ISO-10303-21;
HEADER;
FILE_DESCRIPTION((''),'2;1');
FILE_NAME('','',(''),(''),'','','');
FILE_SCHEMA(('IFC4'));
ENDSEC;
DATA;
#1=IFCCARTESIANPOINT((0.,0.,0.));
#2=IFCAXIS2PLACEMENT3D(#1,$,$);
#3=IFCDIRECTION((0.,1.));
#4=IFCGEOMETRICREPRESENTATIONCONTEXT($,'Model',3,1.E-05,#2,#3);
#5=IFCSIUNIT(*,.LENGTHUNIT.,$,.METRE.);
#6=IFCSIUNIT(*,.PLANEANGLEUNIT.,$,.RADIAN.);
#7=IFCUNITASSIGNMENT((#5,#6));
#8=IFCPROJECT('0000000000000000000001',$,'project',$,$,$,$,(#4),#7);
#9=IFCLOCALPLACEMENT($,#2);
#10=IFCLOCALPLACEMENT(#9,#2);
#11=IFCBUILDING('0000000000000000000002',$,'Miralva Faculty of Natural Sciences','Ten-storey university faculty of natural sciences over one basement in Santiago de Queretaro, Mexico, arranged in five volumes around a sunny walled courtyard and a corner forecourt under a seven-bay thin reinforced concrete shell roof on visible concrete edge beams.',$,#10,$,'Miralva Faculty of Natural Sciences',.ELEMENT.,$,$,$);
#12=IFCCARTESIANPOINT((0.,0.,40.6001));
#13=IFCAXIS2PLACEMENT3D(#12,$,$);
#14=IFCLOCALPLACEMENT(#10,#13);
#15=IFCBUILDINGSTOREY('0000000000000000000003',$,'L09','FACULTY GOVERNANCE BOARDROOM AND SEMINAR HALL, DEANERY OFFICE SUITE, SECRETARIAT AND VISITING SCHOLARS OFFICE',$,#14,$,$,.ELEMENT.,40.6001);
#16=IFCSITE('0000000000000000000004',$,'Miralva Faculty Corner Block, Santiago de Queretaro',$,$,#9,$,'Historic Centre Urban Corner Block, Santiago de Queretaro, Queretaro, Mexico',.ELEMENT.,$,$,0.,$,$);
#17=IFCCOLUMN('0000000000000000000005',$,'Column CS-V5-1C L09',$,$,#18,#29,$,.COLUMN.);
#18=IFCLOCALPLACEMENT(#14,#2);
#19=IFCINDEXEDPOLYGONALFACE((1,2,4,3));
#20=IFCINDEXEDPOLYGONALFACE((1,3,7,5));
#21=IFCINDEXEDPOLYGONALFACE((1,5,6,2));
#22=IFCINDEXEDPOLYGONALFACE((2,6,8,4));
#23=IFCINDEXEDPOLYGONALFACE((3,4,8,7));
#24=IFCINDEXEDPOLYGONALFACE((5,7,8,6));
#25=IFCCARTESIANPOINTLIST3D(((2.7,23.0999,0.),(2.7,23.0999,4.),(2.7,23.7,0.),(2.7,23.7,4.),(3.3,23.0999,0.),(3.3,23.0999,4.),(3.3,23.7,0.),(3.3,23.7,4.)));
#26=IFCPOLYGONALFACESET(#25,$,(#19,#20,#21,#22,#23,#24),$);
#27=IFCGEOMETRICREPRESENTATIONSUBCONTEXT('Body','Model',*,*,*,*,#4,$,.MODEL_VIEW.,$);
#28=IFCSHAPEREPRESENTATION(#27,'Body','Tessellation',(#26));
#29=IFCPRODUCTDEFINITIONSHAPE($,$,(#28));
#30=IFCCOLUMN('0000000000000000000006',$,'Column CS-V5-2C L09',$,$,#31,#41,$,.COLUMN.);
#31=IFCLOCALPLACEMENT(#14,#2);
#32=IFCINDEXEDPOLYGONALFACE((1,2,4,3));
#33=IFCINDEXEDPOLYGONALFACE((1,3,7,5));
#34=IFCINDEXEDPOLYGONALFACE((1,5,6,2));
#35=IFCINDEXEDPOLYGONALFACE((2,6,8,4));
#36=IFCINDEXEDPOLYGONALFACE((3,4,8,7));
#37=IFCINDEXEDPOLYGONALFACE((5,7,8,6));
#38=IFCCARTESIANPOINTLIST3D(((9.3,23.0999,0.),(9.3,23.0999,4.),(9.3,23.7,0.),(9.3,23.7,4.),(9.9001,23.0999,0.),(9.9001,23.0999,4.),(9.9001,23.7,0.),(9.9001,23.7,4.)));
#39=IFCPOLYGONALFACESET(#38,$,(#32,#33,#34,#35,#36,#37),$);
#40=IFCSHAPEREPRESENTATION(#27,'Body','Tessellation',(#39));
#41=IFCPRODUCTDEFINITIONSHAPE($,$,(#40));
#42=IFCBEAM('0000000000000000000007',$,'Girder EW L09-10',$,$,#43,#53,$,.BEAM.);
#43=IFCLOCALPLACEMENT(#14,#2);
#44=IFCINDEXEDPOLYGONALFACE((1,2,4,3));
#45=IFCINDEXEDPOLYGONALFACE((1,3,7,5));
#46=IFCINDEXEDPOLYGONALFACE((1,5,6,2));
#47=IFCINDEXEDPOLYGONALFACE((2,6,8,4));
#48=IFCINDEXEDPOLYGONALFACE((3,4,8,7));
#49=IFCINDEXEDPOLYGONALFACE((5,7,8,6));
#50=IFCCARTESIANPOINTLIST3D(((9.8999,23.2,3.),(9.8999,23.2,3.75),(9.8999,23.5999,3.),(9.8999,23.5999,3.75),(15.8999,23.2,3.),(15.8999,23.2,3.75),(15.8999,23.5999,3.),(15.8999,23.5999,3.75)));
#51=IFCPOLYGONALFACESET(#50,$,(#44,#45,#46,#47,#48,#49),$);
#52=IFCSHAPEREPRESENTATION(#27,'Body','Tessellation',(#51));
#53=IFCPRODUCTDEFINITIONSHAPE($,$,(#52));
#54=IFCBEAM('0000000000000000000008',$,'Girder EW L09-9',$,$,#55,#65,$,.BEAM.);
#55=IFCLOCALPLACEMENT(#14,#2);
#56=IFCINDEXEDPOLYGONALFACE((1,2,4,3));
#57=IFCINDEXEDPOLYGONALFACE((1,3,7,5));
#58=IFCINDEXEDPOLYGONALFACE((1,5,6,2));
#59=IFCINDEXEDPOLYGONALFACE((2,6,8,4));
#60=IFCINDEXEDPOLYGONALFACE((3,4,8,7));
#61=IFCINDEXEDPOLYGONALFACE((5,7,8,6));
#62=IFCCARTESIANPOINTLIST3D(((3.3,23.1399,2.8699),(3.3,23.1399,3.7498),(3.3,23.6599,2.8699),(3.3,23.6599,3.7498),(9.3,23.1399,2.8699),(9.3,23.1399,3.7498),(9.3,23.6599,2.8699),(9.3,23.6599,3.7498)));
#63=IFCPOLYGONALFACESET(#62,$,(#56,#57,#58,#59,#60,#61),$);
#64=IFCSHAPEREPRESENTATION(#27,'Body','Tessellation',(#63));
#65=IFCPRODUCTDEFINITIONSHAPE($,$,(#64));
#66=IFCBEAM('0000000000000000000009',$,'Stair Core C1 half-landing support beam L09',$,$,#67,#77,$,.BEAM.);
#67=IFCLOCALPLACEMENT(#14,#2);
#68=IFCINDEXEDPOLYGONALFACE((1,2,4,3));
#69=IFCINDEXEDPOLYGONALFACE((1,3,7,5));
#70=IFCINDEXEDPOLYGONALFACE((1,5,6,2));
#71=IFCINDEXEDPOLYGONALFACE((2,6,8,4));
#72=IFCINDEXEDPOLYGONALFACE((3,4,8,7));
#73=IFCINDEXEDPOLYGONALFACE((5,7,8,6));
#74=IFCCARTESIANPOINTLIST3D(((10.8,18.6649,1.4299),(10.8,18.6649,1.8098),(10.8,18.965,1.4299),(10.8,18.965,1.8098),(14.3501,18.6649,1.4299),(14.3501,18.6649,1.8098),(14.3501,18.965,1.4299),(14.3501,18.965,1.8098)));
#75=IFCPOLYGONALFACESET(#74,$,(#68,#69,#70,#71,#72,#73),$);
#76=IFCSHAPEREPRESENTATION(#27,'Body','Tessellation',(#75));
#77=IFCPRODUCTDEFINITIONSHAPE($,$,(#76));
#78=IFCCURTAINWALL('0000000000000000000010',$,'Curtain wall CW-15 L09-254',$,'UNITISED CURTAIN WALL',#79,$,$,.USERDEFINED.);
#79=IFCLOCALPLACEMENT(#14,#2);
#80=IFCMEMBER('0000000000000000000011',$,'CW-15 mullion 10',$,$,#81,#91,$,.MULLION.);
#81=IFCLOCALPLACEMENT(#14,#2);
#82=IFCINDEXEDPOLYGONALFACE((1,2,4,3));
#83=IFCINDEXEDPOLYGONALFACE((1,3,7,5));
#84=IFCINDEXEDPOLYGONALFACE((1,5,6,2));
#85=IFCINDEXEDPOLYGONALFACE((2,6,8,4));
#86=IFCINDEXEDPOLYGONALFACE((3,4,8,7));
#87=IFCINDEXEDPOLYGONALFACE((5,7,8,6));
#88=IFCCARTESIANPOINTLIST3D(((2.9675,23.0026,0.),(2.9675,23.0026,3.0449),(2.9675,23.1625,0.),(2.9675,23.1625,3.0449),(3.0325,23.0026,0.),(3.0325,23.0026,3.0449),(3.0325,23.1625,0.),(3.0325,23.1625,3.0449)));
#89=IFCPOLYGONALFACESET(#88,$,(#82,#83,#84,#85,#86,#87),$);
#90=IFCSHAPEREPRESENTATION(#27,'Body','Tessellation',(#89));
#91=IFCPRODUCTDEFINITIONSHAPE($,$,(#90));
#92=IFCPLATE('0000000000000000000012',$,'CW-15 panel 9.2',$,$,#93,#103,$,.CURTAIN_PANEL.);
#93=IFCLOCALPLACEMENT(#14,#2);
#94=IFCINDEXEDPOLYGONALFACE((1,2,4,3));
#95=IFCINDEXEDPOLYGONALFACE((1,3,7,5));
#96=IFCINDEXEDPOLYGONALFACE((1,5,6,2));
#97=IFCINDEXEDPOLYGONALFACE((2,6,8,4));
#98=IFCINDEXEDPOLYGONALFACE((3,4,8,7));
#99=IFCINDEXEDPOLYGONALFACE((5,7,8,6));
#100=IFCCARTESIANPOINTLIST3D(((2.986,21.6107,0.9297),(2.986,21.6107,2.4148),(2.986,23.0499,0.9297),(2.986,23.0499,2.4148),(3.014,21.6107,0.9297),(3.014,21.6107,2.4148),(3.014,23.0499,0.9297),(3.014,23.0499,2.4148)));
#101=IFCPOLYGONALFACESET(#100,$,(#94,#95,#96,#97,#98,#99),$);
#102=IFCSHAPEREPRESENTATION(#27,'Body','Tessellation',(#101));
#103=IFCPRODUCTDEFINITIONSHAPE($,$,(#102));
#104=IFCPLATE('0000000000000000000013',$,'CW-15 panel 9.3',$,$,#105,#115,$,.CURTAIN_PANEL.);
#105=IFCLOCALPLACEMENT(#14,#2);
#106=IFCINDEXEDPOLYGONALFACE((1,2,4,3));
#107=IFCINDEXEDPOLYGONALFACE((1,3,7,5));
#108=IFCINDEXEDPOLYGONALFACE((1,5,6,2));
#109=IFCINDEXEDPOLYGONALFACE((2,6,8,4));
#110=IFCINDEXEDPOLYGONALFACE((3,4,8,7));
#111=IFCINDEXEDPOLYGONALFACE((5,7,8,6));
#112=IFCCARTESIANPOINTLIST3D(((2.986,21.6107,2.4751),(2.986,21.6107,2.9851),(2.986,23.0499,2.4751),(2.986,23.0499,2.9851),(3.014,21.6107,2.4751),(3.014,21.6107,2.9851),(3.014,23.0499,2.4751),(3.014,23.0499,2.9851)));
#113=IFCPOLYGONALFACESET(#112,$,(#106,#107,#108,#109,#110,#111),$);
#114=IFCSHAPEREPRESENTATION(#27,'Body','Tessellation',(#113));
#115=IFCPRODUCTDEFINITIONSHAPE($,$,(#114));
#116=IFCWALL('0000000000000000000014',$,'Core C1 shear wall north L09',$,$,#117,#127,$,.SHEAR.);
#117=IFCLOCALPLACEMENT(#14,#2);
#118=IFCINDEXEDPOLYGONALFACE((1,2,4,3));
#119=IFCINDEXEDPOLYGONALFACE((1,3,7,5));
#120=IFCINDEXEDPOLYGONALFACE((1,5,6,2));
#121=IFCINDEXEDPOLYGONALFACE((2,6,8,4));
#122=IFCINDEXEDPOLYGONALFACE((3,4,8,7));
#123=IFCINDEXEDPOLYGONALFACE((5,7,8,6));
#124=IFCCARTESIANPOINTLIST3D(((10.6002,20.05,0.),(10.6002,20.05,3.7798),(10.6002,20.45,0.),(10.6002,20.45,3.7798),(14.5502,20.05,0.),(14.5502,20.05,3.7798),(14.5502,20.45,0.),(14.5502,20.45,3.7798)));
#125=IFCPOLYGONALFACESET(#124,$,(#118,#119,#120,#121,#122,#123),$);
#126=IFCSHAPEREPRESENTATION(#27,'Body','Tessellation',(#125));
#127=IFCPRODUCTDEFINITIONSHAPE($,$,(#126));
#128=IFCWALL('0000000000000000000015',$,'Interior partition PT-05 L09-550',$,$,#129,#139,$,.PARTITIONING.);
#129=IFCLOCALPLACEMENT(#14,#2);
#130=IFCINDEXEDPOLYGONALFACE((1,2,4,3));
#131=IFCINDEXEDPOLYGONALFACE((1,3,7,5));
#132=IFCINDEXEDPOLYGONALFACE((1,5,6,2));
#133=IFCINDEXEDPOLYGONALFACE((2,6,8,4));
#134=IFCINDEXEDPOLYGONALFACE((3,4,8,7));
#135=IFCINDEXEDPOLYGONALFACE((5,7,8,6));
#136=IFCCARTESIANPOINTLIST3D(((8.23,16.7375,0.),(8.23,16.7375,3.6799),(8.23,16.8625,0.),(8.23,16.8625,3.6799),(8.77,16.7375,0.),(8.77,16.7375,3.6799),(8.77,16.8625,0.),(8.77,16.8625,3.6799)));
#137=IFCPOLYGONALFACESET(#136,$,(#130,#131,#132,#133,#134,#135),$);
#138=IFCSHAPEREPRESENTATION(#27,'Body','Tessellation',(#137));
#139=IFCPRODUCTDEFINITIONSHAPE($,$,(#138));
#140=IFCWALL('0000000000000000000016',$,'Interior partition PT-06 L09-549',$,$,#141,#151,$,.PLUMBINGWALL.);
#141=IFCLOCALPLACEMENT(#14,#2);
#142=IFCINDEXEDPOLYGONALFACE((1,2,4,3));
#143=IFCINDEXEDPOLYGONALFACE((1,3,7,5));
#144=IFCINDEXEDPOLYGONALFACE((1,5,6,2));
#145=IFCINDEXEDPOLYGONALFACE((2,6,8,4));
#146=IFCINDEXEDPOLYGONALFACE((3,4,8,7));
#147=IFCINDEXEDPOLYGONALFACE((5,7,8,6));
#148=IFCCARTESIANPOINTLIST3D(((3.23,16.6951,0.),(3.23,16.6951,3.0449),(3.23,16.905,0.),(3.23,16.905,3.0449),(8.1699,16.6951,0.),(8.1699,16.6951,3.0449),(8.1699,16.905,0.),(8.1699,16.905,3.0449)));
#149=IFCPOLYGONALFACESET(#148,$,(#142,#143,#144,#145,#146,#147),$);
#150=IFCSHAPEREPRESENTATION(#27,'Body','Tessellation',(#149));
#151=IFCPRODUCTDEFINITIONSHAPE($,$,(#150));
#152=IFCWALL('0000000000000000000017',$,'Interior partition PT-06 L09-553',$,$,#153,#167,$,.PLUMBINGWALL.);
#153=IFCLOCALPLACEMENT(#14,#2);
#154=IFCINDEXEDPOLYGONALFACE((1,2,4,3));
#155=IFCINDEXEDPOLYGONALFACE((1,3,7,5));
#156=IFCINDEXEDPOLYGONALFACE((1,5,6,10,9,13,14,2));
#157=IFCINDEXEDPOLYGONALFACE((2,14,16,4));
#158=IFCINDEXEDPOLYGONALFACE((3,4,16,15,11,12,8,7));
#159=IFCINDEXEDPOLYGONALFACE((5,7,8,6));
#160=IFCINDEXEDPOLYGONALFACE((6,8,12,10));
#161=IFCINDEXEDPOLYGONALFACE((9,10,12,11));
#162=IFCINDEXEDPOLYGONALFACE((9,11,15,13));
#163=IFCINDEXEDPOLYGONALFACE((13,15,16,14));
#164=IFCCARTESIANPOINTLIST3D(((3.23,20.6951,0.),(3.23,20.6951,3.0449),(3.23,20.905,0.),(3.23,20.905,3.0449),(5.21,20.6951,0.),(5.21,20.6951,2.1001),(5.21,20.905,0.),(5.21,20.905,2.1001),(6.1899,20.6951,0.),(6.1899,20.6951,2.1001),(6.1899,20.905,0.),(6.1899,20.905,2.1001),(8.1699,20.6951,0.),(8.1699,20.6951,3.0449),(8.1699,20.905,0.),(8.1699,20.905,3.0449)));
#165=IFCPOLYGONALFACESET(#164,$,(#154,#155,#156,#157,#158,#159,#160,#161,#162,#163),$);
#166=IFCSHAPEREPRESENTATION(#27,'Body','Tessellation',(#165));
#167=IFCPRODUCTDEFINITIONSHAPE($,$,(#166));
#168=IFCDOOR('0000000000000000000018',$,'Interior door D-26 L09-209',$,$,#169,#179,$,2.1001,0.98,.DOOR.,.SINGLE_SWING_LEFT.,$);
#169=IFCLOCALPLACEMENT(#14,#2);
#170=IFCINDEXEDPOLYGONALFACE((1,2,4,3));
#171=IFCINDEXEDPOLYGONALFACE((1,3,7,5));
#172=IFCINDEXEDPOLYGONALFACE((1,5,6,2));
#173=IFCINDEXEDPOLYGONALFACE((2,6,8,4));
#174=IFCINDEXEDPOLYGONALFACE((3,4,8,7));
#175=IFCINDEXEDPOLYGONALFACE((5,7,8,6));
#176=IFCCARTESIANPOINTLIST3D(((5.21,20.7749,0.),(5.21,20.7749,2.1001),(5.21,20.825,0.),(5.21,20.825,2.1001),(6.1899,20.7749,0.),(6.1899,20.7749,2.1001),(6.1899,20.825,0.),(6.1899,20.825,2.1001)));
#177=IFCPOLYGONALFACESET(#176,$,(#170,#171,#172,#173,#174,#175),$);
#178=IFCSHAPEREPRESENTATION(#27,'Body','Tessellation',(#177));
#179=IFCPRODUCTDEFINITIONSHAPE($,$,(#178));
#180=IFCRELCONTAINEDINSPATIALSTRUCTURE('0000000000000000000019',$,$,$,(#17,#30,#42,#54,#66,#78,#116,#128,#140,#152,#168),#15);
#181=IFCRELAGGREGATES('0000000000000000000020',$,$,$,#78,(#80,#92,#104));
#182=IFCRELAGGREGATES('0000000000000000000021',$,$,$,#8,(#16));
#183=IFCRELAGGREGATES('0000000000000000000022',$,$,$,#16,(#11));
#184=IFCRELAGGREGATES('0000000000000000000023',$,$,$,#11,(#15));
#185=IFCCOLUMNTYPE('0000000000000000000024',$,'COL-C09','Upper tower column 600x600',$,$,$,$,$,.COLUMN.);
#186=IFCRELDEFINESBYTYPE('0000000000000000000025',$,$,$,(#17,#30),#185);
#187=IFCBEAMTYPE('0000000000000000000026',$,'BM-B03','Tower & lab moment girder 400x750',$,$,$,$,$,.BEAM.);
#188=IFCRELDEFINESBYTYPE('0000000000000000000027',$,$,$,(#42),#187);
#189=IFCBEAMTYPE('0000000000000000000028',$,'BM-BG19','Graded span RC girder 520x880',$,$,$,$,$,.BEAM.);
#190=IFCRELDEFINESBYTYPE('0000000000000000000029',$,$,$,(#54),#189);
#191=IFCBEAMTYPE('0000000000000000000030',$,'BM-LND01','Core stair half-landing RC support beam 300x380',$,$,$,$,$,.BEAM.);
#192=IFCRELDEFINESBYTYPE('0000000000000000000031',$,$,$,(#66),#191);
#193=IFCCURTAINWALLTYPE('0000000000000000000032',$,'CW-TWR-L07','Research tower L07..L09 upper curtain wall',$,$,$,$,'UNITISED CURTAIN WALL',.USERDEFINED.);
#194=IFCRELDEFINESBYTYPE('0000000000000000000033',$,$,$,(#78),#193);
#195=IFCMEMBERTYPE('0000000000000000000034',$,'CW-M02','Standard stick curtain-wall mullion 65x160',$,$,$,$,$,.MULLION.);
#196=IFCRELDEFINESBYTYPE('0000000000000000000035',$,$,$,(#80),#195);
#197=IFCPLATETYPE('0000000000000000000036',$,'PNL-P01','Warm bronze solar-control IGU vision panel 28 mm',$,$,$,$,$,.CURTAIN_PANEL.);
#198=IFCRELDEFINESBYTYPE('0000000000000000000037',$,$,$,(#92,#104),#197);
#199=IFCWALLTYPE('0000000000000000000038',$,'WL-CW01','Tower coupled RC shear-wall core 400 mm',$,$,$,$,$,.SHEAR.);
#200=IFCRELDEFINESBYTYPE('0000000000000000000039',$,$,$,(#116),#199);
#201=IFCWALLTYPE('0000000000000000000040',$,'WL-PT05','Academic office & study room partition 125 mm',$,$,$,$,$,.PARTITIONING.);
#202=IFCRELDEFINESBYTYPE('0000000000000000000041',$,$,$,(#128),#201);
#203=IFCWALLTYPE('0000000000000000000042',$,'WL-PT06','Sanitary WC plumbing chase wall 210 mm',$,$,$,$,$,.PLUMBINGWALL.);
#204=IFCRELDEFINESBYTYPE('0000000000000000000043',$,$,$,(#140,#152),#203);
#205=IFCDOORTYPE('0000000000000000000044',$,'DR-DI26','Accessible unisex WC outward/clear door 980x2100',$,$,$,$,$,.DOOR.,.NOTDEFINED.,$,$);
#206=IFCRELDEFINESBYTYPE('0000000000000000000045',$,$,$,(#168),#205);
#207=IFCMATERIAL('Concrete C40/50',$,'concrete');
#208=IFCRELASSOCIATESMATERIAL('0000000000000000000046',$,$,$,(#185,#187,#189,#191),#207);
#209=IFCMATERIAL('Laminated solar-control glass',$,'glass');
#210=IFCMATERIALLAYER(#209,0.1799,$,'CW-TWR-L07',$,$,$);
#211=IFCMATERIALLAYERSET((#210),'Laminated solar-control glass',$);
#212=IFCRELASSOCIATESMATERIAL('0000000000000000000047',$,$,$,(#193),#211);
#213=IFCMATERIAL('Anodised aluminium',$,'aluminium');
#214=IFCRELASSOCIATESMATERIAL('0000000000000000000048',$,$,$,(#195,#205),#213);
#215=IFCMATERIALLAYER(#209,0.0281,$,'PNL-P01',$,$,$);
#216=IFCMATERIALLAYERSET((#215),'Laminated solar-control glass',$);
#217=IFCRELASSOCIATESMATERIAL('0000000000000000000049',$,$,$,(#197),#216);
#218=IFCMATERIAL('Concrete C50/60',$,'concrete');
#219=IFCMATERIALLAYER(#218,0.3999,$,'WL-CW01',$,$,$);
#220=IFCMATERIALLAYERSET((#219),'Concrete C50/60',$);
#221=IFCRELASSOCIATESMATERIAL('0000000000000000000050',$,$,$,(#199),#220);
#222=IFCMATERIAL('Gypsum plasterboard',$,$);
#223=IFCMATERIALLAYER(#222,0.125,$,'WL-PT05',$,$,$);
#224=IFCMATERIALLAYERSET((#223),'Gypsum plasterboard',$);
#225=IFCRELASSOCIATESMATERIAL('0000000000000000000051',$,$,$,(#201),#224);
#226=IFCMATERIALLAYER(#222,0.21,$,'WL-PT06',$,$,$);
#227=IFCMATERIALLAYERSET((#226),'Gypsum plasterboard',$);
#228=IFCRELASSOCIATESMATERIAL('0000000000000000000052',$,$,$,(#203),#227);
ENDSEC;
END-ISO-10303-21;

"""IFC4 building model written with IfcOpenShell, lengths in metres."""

from ifc_helpers import new_model, si_unit, direction, frame, frame_2d, origin, origin_2d, place, context, subcontext, project, spatial, rectangle, extrude, material, layer, layer_set, material_profile, profile_set, type_object, element, fill, aggregate, save


model = new_model("IFC4")

# Units and contexts
model_context = context("Model", 3, precision=1e-05, world=origin(), true_north=direction((0.0, 1.0)))
body_context = subcontext(model_context, "Body", "Model", "MODEL_VIEW")
ifc_project = project(units=[si_unit("LENGTHUNIT", "METRE"), si_unit("PLANEANGLEUNIT", "RADIAN")], contexts=[model_context])

# Site, building, storey
site_placement = place(None, origin())
site = spatial("IfcSite", under=ifc_project, at=site_placement, Name="Miralva Faculty Corner Block, Santiago de Queretaro", LongName="Historic Centre Urban Corner Block, Santiago de Queretaro, Queretaro, Mexico", CompositionType="ELEMENT", RefElevation=0.0)
building_placement = place(site_placement, origin())
building = spatial("IfcBuilding", under=site, at=building_placement, Name="Miralva Faculty of Natural Sciences", Description="Ten-storey university faculty of natural sciences over one basement in Santiago de Queretaro, Mexico, arranged in five volumes around a sunny walled courtyard and a corner forecourt under a seven-bay thin reinforced concrete shell roof on visible concrete edge beams.", LongName="Miralva Faculty of Natural Sciences", CompositionType="ELEMENT")
storey_placement = place(building_placement, frame((0.0, 0.0, 40.6001)))
storey = spatial("IfcBuildingStorey", under=building, at=storey_placement, Name="L09", Description="FACULTY GOVERNANCE BOARDROOM AND SEMINAR HALL, DEANERY OFFICE SUITE, SECRETARIAT AND VISITING SCHOLARS OFFICE", CompositionType="ELEMENT", Elevation=40.6001)

# Columns
ifc_material_1 = material(Name="Concrete C40/50", Category="concrete")
ifc_material_profile_1 = material_profile(ifc_material_1, rectangle(XDim=0.6001, YDim=0.6001, at=origin_2d()), Name="RC 600x600")
ifc_profile_set_1 = profile_set([ifc_material_profile_1], Name="Concrete C40/50")
column_type = type_object("IfcColumnType", Name="COL-C09", Description="Upper tower column 600x600", PredefinedType="COLUMN", material=ifc_profile_set_1)
for number, where, z_axis, x_axis, name in (
    (1, (3.0, 23.3999, 0.0), (0.0, 0.0, 1.0), (1.0, 0.0, 0.0), "Column CS-V5-1C L09"),
    (2, (9.6001, 23.3999, 0.0), (0.0, 0.0, 1.0), (1.0, 0.0, 0.0), "Column CS-V5-2C L09"),
):
    element("IfcColumn", number, at=place(storey_placement, frame(where, z_axis=z_axis, x_axis=x_axis)), inside=storey, type_object=column_type, Name=name, PredefinedType="COLUMN", context=body_context, shape_type="SweptSolid", body=[
        extrude(rectangle(XDim=0.6001, YDim=0.6001, at=origin_2d()), origin(), (0.0, 0.0, 1.0), 4.0),
    ])

# Beams
ifc_material_profile_2 = material_profile(ifc_material_1, rectangle(XDim=0.3999, YDim=0.75, at=origin_2d()), Name="RC 400x750")
ifc_profile_set_2 = profile_set([ifc_material_profile_2], Name="Concrete C40/50")
beam_type_1 = type_object("IfcBeamType", Name="BM-B03", Description="Tower & lab moment girder 400x750", PredefinedType="BEAM", material=ifc_profile_set_2)
beam_1_placement = place(storey_placement, frame((9.8999, 23.3999, 3.375), z_axis=(1.0, 0.0, 0.0), x_axis=(0.0, 1.0, 0.0)))
element("IfcBeam", 3, at=beam_1_placement, inside=storey, type_object=beam_type_1, Name="Girder EW L09-10", PredefinedType="BEAM", context=body_context, shape_type="SweptSolid", body=[
    extrude(rectangle(XDim=0.3999, YDim=0.75, at=origin_2d()), origin(), (0.0, 0.0, 1.0), 6.0),
])
ifc_material_profile_3 = material_profile(ifc_material_1, rectangle(XDim=0.52, YDim=0.8799, at=origin_2d()), Name="RC 520x880")
ifc_profile_set_3 = profile_set([ifc_material_profile_3], Name="Concrete C40/50")
beam_type_2 = type_object("IfcBeamType", Name="BM-BG19", Description="Graded span RC girder 520x880", PredefinedType="BEAM", material=ifc_profile_set_3)
beam_2_placement = place(storey_placement, frame((3.3, 23.3999, 3.3098), z_axis=(1.0, 0.0, 0.0), x_axis=(0.0, 1.0, 0.0)))
element("IfcBeam", 4, at=beam_2_placement, inside=storey, type_object=beam_type_2, Name="Girder EW L09-9", PredefinedType="BEAM", context=body_context, shape_type="SweptSolid", body=[
    extrude(rectangle(XDim=0.52, YDim=0.8799, at=origin_2d()), origin(), (0.0, 0.0, 1.0), 6.0),
])
ifc_material_profile_4 = material_profile(ifc_material_1, rectangle(XDim=0.3, YDim=0.3799, at=origin_2d()), Name="RC 300x380")
ifc_profile_set_4 = profile_set([ifc_material_profile_4], Name="Concrete C40/50")
beam_type_3 = type_object("IfcBeamType", Name="BM-LND01", Description="Core stair half-landing RC support beam 300x380", PredefinedType="BEAM", material=ifc_profile_set_4)
beam_3_placement = place(storey_placement, frame((10.8, 18.8149, 1.6199), z_axis=(1.0, 0.0, 0.0), x_axis=(0.0, 1.0, 0.0)))
element("IfcBeam", 5, at=beam_3_placement, inside=storey, type_object=beam_type_3, Name="Stair Core C1 half-landing support beam L09", PredefinedType="BEAM", context=body_context, shape_type="SweptSolid", body=[
    extrude(rectangle(XDim=0.3, YDim=0.3799, at=origin_2d()), origin(), (0.0, 0.0, 1.0), 3.55),
])

# Curtain wall, member, plates
ifc_material_2 = material(Name="Laminated solar-control glass", Category="glass")
ifc_layer_1 = layer(ifc_material_2, 0.1799, Name="CW-TWR-L07")
ifc_layer_set_1 = layer_set([ifc_layer_1], Name="Laminated solar-control glass")
curtain_wall_type = type_object("IfcCurtainWallType", Name="CW-TWR-L07", Description="Research tower L07..L09 upper curtain wall", ElementType="UNITISED CURTAIN WALL", PredefinedType="USERDEFINED", material=ifc_layer_set_1)
curtain_wall_placement = place(storey_placement, origin())
curtain_wall = element("IfcCurtainWall", 6, at=curtain_wall_placement, inside=storey, type_object=curtain_wall_type, Name="Curtain wall CW-15 L09-254", ObjectType="UNITISED CURTAIN WALL", PredefinedType="USERDEFINED")
ifc_material_3 = material(Name="Anodised aluminium", Category="aluminium")
ifc_material_profile_5 = material_profile(ifc_material_3, rectangle(XDim=0.0649, YDim=0.1599, at=origin_2d()), Name="MULLION 65x160")
ifc_profile_set_5 = profile_set([ifc_material_profile_5], Name="Anodised aluminium")
member_type = type_object("IfcMemberType", Name="CW-M02", Description="Standard stick curtain-wall mullion 65x160", PredefinedType="MULLION", material=ifc_profile_set_5)
member_placement = place(storey_placement, frame((3.0, 23.0825, 0.0), z_axis=(0.0, 0.0, 1.0), x_axis=(-1.0, 0.0, 0.0)))
member = element("IfcMember", 7, at=member_placement, type_object=member_type, Name="CW-15 mullion 10", PredefinedType="MULLION", context=body_context, shape_type="SweptSolid", body=[
    extrude(rectangle(XDim=0.0649, YDim=0.1599, at=origin_2d()), origin(), (0.0, 0.0, 1.0), 3.0449),
])
ifc_layer_2 = layer(ifc_material_2, 0.0281, Name="PNL-P01")
ifc_layer_set_2 = layer_set([ifc_layer_2], Name="Laminated solar-control glass")
plate_type = type_object("IfcPlateType", Name="PNL-P01", Description="Warm bronze solar-control IGU vision panel 28 mm", PredefinedType="CURTAIN_PANEL", material=ifc_layer_set_2)
plate_1_placement = place(storey_placement, frame((3.0, 22.3303, 0.9297), z_axis=(0.0, 0.0, 1.0), x_axis=(0.0, 1.0, 0.0)))
plate_1 = element("IfcPlate", 8, at=plate_1_placement, type_object=plate_type, Name="CW-15 panel 9.2", PredefinedType="CURTAIN_PANEL", context=body_context, shape_type="SweptSolid", body=[
    extrude(rectangle(XDim=1.4392, YDim=0.0281, at=origin_2d()), origin(), (0.0, 0.0, 1.0), 1.4851),
])
plate_2_placement = place(storey_placement, frame((3.0, 22.3303, 2.4751), z_axis=(0.0, 0.0, 1.0), x_axis=(0.0, 1.0, 0.0)))
plate_2 = element("IfcPlate", 9, at=plate_2_placement, type_object=plate_type, Name="CW-15 panel 9.3", PredefinedType="CURTAIN_PANEL", context=body_context, shape_type="SweptSolid", body=[
    extrude(rectangle(XDim=1.4392, YDim=0.0281, at=origin_2d()), origin(), (0.0, 0.0, 1.0), 0.51),
])
aggregate(curtain_wall, [member, plate_1, plate_2])

# Walls
ifc_material_4 = material(Name="Concrete C50/60", Category="concrete")
ifc_layer_3 = layer(ifc_material_4, 0.3999, Name="WL-CW01")
ifc_layer_set_3 = layer_set([ifc_layer_3], Name="Concrete C50/60")
wall_type_1 = type_object("IfcWallType", Name="WL-CW01", Description="Tower coupled RC shear-wall core 400 mm", PredefinedType="SHEAR", material=ifc_layer_set_3)
wall_1_placement = place(storey_placement, frame((10.6001, 20.25, 0.0), z_axis=(0.0, 0.0, 1.0), x_axis=(1.0, 0.0, 0.0)))
element("IfcWall", 10, at=wall_1_placement, inside=storey, type_object=wall_type_1, Name="Core C1 shear wall north L09", PredefinedType="SHEAR", context=body_context, shape_type="SweptSolid", body=[
    extrude(rectangle(XDim=3.95, YDim=0.3999, at=frame_2d((1.9751, 0.0))), origin(), (0.0, 0.0, 1.0), 3.7798),
])
ifc_material_5 = material(Name="Gypsum plasterboard")
ifc_layer_4 = layer(ifc_material_5, 0.125, Name="WL-PT05")
ifc_layer_set_4 = layer_set([ifc_layer_4], Name="Gypsum plasterboard")
wall_type_2 = type_object("IfcWallType", Name="WL-PT05", Description="Academic office & study room partition 125 mm", PredefinedType="PARTITIONING", material=ifc_layer_set_4)
wall_2_placement = place(storey_placement, frame((8.23, 16.8, 0.0), z_axis=(0.0, 0.0, 1.0), x_axis=(1.0, 0.0, 0.0)))
element("IfcWall", 11, at=wall_2_placement, inside=storey, type_object=wall_type_2, Name="Interior partition PT-05 L09-550", PredefinedType="PARTITIONING", context=body_context, shape_type="SweptSolid", body=[
    extrude(rectangle(XDim=0.54, YDim=0.125, at=frame_2d((0.27, 0.0))), origin(), (0.0, 0.0, 1.0), 3.6799),
])
ifc_layer_5 = layer(ifc_material_5, 0.21, Name="WL-PT06")
ifc_layer_set_5 = layer_set([ifc_layer_5], Name="Gypsum plasterboard")
wall_type_3 = type_object("IfcWallType", Name="WL-PT06", Description="Sanitary WC plumbing chase wall 210 mm", PredefinedType="PLUMBINGWALL", material=ifc_layer_set_5)
wall_3_placement = place(storey_placement, frame((3.23, 16.8, 0.0), z_axis=(0.0, 0.0, 1.0), x_axis=(1.0, 0.0, 0.0)))
element("IfcWall", 12, at=wall_3_placement, inside=storey, type_object=wall_type_3, Name="Interior partition PT-06 L09-549", PredefinedType="PLUMBINGWALL", context=body_context, shape_type="SweptSolid", body=[
    extrude(rectangle(XDim=4.9399, YDim=0.21, at=frame_2d((2.47, 0.0))), origin(), (0.0, 0.0, 1.0), 3.0449),
])

# Wall, opening, door
wall_4_placement = place(storey_placement, frame((3.23, 20.8, 0.0), z_axis=(0.0, 0.0, 1.0), x_axis=(1.0, 0.0, 0.0)))
wall_4 = element("IfcWall", 13, at=wall_4_placement, inside=storey, type_object=wall_type_3, Name="Interior partition PT-06 L09-553", PredefinedType="PLUMBINGWALL", context=body_context, shape_type="SweptSolid", body=[
    extrude(rectangle(XDim=4.9399, YDim=0.21, at=frame_2d((2.47, 0.0))), origin(), (0.0, 0.0, 1.0), 3.0449),
])
opening_1_placement = place(wall_4_placement, frame((1.98, 0.0, 0.0)))
opening_1 = element("IfcOpeningElement", 14, at=opening_1_placement, cuts=wall_4, PredefinedType="OPENING", context=body_context, shape_type="SweptSolid", body=[
    extrude(rectangle(XDim=0.98, YDim=2.1001, at=frame_2d((0.49, 1.05))), frame((0.0, 0.115, 0.0), z_axis=(0.0, -1.0, 0.0), x_axis=(1.0, 0.0, 0.0)), (0.0, 0.0, 1.0), 0.23),
])
door_type = type_object("IfcDoorType", Name="DR-DI26", Description="Accessible unisex WC outward/clear door 980x2100", OperationType="NOTDEFINED", PredefinedType="DOOR", material=ifc_material_3)
door_placement = place(opening_1_placement, origin())
door = element("IfcDoor", 15, at=door_placement, inside=storey, type_object=door_type, Name="Interior door D-26 L09-209", OperationType="SINGLE_SWING_LEFT", OverallHeight=2.1001, OverallWidth=0.98, PredefinedType="DOOR", context=body_context, shape_type="SweptSolid", body=[
    extrude(rectangle(XDim=0.98, YDim=2.1001, at=frame_2d((0.49, 1.05))), frame((0.0, 0.0249, 0.0), z_axis=(0.0, -1.0, 0.0), x_axis=(1.0, 0.0, 0.0)), (0.0, 0.0, 1.0), 0.05),
])
fill(opening_1, door)

save(model, "model.ifc")
